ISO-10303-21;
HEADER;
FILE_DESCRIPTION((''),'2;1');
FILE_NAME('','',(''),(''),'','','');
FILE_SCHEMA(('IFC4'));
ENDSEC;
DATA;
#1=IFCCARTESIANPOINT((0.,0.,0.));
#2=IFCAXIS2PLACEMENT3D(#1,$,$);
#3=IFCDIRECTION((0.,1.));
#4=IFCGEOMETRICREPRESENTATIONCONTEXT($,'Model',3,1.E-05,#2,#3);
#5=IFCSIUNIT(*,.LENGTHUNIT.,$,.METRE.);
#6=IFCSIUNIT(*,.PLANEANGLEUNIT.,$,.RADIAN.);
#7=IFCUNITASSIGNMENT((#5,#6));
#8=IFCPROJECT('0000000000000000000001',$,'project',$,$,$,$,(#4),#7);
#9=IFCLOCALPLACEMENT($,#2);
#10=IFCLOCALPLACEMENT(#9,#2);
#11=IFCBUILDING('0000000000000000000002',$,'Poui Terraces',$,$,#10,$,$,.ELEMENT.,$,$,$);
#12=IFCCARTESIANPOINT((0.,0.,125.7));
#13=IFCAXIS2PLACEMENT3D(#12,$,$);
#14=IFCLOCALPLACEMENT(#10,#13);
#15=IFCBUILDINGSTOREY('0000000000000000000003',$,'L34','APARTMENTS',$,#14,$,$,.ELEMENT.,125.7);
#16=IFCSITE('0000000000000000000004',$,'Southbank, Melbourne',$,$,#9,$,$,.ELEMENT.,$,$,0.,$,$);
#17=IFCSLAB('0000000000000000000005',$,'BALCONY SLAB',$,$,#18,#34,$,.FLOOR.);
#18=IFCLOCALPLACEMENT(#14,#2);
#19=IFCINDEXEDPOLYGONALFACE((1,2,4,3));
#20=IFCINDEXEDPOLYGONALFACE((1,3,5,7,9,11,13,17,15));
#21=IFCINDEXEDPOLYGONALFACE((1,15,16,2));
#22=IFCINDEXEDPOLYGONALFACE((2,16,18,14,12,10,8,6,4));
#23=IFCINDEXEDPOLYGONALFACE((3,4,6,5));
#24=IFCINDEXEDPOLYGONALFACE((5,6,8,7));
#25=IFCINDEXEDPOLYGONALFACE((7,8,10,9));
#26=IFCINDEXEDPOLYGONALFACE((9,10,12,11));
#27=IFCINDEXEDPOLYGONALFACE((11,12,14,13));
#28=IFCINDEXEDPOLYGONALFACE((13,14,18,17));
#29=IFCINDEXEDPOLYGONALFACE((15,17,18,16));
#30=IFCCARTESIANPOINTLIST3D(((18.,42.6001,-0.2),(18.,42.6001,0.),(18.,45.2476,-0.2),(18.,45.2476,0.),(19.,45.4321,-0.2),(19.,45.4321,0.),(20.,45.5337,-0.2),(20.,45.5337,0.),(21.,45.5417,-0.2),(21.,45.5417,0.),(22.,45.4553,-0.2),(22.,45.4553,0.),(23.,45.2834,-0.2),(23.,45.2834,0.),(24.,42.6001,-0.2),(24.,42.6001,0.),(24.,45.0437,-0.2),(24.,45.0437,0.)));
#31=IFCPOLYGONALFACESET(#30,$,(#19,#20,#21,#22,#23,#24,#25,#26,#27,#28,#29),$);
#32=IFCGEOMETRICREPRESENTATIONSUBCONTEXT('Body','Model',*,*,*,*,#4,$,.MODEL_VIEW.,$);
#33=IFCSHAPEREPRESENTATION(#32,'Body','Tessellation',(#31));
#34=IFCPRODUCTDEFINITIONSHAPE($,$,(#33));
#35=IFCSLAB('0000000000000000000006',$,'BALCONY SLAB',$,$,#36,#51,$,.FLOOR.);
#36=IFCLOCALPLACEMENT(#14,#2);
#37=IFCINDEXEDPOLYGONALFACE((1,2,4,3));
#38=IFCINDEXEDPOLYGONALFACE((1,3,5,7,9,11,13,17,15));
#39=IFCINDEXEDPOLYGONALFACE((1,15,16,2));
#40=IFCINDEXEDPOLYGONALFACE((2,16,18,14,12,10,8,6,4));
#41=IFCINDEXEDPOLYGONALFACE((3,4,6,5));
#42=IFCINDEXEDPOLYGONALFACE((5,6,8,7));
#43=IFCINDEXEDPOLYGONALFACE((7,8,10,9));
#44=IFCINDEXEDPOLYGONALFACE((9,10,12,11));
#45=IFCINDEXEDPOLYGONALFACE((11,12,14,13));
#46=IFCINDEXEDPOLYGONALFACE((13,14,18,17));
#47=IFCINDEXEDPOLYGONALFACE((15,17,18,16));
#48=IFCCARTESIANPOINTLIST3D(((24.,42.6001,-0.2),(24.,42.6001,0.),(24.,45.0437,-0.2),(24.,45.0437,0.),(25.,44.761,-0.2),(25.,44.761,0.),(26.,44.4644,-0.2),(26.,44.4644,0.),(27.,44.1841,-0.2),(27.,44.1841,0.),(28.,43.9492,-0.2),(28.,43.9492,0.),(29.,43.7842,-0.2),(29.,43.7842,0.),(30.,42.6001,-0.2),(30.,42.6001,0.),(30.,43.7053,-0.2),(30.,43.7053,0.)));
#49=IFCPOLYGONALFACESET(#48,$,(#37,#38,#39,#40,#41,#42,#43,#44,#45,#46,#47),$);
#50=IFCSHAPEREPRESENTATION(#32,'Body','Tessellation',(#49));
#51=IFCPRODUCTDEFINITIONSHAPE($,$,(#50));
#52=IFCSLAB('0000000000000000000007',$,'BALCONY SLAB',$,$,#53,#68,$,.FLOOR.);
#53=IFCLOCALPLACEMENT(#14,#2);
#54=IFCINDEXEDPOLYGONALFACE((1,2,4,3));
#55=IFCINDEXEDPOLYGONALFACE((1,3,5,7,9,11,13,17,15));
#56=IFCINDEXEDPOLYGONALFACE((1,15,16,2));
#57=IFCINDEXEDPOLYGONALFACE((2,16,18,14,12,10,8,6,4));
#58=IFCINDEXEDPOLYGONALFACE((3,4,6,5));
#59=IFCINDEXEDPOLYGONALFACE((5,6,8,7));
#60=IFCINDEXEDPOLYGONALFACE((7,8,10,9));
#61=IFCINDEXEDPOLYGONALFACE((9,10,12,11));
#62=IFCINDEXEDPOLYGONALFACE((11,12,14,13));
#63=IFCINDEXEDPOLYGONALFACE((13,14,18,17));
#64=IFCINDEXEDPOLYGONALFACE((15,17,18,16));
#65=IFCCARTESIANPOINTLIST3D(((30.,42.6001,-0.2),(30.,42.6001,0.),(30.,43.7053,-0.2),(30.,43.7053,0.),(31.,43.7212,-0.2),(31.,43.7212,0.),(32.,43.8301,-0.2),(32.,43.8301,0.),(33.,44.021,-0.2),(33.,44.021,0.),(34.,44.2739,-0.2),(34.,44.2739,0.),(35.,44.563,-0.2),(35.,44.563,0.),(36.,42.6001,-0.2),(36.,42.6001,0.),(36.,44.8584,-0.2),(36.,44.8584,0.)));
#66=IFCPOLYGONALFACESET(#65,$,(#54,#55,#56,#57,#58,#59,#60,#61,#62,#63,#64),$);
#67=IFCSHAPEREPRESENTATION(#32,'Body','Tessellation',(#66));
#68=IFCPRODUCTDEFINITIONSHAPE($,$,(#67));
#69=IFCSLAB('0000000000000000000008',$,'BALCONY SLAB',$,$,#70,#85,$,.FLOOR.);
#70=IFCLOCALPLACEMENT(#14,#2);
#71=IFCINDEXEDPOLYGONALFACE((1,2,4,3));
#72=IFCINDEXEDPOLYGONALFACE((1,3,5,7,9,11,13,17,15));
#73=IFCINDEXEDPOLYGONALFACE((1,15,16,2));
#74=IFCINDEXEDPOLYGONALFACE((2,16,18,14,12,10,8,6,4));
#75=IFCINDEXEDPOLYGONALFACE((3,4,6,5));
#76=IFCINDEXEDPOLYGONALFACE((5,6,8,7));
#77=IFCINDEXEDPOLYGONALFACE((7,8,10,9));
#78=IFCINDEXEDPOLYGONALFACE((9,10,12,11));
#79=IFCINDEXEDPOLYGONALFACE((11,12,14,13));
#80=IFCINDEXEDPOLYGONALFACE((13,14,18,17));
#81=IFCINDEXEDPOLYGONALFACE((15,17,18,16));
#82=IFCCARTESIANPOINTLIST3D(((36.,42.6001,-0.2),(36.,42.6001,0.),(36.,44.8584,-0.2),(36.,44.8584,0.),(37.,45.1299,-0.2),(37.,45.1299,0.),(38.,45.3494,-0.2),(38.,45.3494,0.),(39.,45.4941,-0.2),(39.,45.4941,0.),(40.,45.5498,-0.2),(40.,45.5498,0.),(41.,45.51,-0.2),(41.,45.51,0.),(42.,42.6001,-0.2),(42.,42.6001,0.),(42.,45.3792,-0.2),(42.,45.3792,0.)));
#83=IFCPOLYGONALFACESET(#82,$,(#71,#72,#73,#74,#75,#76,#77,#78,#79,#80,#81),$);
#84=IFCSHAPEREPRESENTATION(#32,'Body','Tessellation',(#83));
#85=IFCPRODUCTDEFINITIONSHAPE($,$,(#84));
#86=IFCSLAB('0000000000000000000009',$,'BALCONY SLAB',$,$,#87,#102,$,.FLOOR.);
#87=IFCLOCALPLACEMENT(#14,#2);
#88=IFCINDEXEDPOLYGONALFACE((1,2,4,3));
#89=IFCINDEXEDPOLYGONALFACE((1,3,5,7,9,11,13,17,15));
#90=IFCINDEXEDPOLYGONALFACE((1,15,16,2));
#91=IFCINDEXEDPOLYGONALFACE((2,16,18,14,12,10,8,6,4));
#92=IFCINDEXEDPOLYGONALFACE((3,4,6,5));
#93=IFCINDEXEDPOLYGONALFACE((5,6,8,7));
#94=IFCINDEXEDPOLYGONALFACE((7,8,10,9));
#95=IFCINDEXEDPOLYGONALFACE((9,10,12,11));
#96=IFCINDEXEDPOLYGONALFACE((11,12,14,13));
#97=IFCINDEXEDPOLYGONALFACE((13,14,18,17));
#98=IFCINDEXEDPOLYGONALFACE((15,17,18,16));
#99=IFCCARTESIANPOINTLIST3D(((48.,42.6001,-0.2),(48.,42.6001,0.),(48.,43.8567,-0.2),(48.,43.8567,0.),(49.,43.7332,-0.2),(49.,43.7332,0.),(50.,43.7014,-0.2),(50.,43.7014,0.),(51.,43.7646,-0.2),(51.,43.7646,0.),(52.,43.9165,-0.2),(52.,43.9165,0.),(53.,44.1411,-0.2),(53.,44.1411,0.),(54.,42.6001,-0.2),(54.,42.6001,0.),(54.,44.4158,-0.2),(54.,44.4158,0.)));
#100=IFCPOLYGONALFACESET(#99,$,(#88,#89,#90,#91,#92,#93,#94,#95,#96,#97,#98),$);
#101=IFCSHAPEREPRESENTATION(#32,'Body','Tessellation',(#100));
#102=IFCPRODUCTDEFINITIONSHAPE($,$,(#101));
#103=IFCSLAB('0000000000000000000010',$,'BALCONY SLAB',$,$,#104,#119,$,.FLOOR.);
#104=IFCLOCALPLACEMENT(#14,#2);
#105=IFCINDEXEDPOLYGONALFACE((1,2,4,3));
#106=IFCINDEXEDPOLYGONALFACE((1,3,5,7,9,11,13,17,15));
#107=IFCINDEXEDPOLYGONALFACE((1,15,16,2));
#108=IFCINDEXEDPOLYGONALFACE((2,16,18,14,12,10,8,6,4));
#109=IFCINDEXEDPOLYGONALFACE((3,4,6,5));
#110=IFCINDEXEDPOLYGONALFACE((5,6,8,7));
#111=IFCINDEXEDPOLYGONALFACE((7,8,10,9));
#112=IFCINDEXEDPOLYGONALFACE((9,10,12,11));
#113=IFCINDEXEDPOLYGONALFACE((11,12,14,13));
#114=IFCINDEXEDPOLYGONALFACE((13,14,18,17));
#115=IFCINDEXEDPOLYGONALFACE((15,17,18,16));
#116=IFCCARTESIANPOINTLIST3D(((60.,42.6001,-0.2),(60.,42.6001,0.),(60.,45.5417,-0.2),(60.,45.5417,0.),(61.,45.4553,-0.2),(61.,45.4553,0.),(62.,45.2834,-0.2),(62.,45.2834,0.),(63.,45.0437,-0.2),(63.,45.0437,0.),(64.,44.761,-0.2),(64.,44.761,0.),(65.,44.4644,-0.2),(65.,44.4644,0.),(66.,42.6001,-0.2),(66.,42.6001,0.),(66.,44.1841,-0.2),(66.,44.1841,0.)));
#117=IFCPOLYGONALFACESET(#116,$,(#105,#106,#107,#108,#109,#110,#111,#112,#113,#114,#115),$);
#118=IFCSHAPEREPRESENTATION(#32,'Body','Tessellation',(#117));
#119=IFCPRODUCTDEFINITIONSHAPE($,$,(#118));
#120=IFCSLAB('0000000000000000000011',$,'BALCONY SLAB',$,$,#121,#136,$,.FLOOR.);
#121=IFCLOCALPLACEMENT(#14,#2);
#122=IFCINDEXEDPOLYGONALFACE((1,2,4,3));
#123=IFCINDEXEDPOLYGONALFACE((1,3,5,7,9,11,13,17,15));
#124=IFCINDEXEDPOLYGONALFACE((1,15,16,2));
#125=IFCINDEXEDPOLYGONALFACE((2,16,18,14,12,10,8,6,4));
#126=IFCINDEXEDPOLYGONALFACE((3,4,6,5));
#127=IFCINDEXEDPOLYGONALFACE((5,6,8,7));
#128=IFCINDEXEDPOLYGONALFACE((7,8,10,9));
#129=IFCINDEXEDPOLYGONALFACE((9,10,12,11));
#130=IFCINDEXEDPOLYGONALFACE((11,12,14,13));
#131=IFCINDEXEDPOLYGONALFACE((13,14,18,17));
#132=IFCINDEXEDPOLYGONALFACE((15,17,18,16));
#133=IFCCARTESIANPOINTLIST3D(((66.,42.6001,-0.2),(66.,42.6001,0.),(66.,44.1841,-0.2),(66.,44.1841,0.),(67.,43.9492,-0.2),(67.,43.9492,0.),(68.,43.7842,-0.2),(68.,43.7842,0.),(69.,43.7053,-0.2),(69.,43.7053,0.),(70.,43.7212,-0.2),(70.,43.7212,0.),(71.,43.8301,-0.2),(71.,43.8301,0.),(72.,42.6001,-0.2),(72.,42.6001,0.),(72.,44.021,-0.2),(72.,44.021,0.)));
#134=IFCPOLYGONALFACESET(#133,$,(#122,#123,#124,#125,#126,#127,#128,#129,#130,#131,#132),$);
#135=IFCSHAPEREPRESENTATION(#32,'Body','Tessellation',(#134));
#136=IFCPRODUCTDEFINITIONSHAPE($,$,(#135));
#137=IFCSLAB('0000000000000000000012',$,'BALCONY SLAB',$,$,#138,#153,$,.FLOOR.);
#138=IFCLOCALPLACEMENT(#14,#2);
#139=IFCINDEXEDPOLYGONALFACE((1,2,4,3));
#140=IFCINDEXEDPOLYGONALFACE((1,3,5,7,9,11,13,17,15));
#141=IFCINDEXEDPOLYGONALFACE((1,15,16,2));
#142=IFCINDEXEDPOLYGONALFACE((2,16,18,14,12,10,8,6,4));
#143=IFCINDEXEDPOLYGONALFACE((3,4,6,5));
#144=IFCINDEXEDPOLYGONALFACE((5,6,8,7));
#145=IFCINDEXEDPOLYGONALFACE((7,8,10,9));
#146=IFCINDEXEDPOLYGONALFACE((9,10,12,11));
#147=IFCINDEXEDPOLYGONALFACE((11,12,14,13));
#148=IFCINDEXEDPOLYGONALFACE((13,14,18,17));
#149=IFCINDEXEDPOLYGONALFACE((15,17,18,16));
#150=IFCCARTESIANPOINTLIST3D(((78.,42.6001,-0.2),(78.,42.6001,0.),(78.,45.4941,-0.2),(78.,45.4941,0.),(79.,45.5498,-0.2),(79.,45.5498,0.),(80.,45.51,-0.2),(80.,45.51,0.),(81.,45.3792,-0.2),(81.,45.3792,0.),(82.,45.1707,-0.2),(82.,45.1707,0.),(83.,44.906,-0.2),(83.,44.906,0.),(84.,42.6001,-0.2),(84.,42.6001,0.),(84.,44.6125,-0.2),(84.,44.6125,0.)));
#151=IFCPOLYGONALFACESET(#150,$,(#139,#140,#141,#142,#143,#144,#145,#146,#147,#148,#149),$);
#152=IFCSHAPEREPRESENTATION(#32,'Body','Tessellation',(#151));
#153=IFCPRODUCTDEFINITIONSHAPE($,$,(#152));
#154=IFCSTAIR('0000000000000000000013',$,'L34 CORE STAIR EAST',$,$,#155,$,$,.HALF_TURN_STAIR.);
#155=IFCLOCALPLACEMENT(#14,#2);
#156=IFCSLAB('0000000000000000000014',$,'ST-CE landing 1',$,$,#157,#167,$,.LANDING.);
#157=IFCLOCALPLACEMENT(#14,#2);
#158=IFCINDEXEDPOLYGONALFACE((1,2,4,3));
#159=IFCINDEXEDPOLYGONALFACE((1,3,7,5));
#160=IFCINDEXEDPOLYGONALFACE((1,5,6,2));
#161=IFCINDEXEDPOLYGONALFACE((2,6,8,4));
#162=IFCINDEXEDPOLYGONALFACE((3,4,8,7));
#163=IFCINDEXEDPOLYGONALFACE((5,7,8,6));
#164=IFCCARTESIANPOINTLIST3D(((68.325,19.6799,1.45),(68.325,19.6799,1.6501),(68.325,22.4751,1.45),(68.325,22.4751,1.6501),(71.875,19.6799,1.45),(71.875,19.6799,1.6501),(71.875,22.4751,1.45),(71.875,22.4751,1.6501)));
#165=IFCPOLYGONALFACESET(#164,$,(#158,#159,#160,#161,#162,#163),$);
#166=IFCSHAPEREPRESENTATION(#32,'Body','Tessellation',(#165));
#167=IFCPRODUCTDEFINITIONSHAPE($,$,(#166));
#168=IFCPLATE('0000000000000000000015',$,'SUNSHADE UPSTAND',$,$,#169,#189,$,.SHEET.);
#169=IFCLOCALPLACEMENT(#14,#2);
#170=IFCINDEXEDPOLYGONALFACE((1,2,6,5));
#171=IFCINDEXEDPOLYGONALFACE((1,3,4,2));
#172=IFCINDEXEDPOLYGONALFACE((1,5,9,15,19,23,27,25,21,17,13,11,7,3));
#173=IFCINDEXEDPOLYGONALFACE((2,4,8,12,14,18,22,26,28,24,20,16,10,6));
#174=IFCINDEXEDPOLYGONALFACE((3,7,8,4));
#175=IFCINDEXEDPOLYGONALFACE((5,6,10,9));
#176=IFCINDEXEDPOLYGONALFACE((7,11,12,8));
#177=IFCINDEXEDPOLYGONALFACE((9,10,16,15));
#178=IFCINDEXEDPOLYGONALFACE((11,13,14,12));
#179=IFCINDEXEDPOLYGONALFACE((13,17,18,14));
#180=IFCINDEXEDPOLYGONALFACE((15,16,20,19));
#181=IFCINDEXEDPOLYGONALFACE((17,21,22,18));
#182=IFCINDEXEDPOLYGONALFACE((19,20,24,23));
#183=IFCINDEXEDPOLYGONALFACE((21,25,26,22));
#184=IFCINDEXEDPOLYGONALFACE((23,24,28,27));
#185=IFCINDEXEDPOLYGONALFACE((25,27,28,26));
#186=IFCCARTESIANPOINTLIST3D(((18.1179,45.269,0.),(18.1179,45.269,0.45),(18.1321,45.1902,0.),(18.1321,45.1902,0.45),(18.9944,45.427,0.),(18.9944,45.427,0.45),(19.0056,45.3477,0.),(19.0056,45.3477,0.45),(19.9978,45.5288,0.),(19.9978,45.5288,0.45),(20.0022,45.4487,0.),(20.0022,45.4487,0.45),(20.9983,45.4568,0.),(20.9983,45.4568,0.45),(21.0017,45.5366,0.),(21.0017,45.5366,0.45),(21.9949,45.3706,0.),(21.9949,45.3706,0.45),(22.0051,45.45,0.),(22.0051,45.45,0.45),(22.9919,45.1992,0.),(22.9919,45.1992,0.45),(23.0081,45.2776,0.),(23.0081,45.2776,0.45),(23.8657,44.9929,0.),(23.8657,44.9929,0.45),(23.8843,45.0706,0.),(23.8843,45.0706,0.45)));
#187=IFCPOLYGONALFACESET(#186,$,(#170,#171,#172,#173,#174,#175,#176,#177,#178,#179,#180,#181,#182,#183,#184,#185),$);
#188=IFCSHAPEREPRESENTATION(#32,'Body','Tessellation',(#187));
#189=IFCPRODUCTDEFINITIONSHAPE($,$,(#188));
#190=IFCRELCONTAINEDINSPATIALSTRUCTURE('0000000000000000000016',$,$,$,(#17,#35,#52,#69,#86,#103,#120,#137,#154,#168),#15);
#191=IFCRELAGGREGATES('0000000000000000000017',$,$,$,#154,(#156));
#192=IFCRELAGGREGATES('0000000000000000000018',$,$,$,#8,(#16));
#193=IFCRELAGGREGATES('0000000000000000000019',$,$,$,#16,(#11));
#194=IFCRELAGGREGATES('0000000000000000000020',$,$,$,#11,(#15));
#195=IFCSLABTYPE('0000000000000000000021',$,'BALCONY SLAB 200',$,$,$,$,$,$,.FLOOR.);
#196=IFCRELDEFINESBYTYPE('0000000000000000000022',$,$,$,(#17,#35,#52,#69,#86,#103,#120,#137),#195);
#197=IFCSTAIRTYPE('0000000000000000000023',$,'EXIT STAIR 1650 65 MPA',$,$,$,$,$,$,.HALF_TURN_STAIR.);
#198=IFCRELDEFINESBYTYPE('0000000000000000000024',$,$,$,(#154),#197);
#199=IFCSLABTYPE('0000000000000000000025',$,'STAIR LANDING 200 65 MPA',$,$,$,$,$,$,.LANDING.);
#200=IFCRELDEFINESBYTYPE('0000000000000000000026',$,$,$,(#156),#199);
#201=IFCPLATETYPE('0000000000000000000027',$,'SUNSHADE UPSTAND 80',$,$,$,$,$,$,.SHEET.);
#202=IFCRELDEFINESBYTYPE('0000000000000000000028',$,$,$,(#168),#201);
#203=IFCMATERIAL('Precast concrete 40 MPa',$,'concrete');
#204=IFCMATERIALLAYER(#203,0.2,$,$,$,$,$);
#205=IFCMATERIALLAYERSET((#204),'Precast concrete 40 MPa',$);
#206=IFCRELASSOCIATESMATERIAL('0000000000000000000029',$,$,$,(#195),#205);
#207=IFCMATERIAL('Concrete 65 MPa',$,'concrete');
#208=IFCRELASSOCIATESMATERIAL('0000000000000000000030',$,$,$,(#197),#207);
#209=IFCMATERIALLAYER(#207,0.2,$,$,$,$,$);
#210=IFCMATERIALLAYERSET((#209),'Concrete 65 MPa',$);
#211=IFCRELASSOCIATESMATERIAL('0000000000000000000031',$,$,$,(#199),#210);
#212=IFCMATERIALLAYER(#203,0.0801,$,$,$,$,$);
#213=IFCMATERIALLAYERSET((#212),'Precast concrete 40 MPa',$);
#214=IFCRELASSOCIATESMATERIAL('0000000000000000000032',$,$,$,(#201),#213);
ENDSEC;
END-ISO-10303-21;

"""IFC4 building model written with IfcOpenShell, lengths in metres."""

from ifc_helpers import new_model, si_unit, direction, frame, origin, place, context, subcontext, project, spatial, polyline, outline, extrude, material, layer, layer_set, type_object, element, aggregate, save


model = new_model("IFC4")

# Units and contexts
model_context = context("Model", 3, precision=1e-05, world=origin(), true_north=direction((0.0, 1.0)))
body_context = subcontext(model_context, "Body", "Model", "MODEL_VIEW")
ifc_project = project(units=[si_unit("LENGTHUNIT", "METRE"), si_unit("PLANEANGLEUNIT", "RADIAN")], contexts=[model_context])

# Site, building, storey
site_placement = place(None, origin())
site = spatial("IfcSite", under=ifc_project, at=site_placement, Name="Southbank, Melbourne", CompositionType="ELEMENT", RefElevation=0.0)
building_placement = place(site_placement, origin())
building = spatial("IfcBuilding", under=site, at=building_placement, Name="Poui Terraces", CompositionType="ELEMENT")
storey_placement = place(building_placement, frame((0.0, 0.0, 125.7)))
storey = spatial("IfcBuildingStorey", under=building, at=storey_placement, Name="L34", Description="APARTMENTS", CompositionType="ELEMENT", Elevation=125.7)

# Slabs
ifc_material_1 = material(Name="Precast concrete 40 MPa", Category="concrete")
ifc_layer_1 = layer(ifc_material_1, 0.2)
ifc_layer_set_1 = layer_set([ifc_layer_1], Name="Precast concrete 40 MPa")
slab_type_1 = type_object("IfcSlabType", Name="BALCONY SLAB 200", PredefinedType="FLOOR", material=ifc_layer_set_1)
slab_1_placement = place(storey_placement, frame((0.0, 0.0, -0.2)))
element("IfcSlab", 1, at=slab_1_placement, inside=storey, type_object=slab_type_1, Name="BALCONY SLAB", PredefinedType="FLOOR", context=body_context, shape_type="SweptSolid", body=[
    extrude(outline(polyline([(18.0, 42.6001), (24.0, 42.6001), (24.0, 45.0437), (23.0, 45.2834), (22.0, 45.4553), (21.0, 45.5417), (20.0, 45.5337), (19.0, 45.4321), (18.0, 45.2476), (18.0, 42.6001)])), origin(), (0.0, 0.0, 1.0), 0.2),
])
slab_2_placement = place(storey_placement, frame((0.0, 0.0, -0.2)))
element("IfcSlab", 2, at=slab_2_placement, inside=storey, type_object=slab_type_1, Name="BALCONY SLAB", PredefinedType="FLOOR", context=body_context, shape_type="SweptSolid", body=[
    extrude(outline(polyline([(24.0, 42.6001), (30.0, 42.6001), (30.0, 43.7053), (29.0, 43.7842), (28.0, 43.9492), (27.0, 44.1841), (26.0, 44.4644), (25.0, 44.761), (24.0, 45.0437), (24.0, 42.6001)])), origin(), (0.0, 0.0, 1.0), 0.2),
])
slab_3_placement = place(storey_placement, frame((0.0, 0.0, -0.2)))
element("IfcSlab", 3, at=slab_3_placement, inside=storey, type_object=slab_type_1, Name="BALCONY SLAB", PredefinedType="FLOOR", context=body_context, shape_type="SweptSolid", body=[
    extrude(outline(polyline([(30.0, 42.6001), (36.0, 42.6001), (36.0, 44.8584), (35.0, 44.563), (34.0, 44.2739), (33.0, 44.021), (32.0, 43.8301), (31.0, 43.7212), (30.0, 43.7053), (30.0, 42.6001)])), origin(), (0.0, 0.0, 1.0), 0.2),
])
slab_4_placement = place(storey_placement, frame((0.0, 0.0, -0.2)))
element("IfcSlab", 4, at=slab_4_placement, inside=storey, type_object=slab_type_1, Name="BALCONY SLAB", PredefinedType="FLOOR", context=body_context, shape_type="SweptSolid", body=[
    extrude(outline(polyline([(36.0, 42.6001), (42.0, 42.6001), (42.0, 45.3792), (41.0, 45.51), (40.0, 45.5498), (39.0, 45.4941), (38.0, 45.3494), (37.0, 45.1299), (36.0, 44.8584), (36.0, 42.6001)])), origin(), (0.0, 0.0, 1.0), 0.2),
])
slab_5_placement = place(storey_placement, frame((0.0, 0.0, -0.2)))
element("IfcSlab", 5, at=slab_5_placement, inside=storey, type_object=slab_type_1, Name="BALCONY SLAB", PredefinedType="FLOOR", context=body_context, shape_type="SweptSolid", body=[
    extrude(outline(polyline([(48.0, 42.6001), (54.0, 42.6001), (54.0, 44.4158), (53.0, 44.1411), (52.0, 43.9165), (51.0, 43.7646), (50.0, 43.7014), (49.0, 43.7332), (48.0, 43.8567), (48.0, 42.6001)])), origin(), (0.0, 0.0, 1.0), 0.2),
])
slab_6_placement = place(storey_placement, frame((0.0, 0.0, -0.2)))
element("IfcSlab", 6, at=slab_6_placement, inside=storey, type_object=slab_type_1, Name="BALCONY SLAB", PredefinedType="FLOOR", context=body_context, shape_type="SweptSolid", body=[
    extrude(outline(polyline([(60.0, 42.6001), (66.0, 42.6001), (66.0, 44.1841), (65.0, 44.4644), (64.0, 44.761), (63.0, 45.0437), (62.0, 45.2834), (61.0, 45.4553), (60.0, 45.5417), (60.0, 42.6001)])), origin(), (0.0, 0.0, 1.0), 0.2),
])
slab_7_placement = place(storey_placement, frame((0.0, 0.0, -0.2)))
element("IfcSlab", 7, at=slab_7_placement, inside=storey, type_object=slab_type_1, Name="BALCONY SLAB", PredefinedType="FLOOR", context=body_context, shape_type="SweptSolid", body=[
    extrude(outline(polyline([(66.0, 42.6001), (72.0, 42.6001), (72.0, 44.021), (71.0, 43.8301), (70.0, 43.7212), (69.0, 43.7053), (68.0, 43.7842), (67.0, 43.9492), (66.0, 44.1841), (66.0, 42.6001)])), origin(), (0.0, 0.0, 1.0), 0.2),
])
slab_8_placement = place(storey_placement, frame((0.0, 0.0, -0.2)))
element("IfcSlab", 8, at=slab_8_placement, inside=storey, type_object=slab_type_1, Name="BALCONY SLAB", PredefinedType="FLOOR", context=body_context, shape_type="SweptSolid", body=[
    extrude(outline(polyline([(78.0, 42.6001), (84.0, 42.6001), (84.0, 44.6125), (83.0, 44.906), (82.0, 45.1707), (81.0, 45.3792), (80.0, 45.51), (79.0, 45.5498), (78.0, 45.4941), (78.0, 42.6001)])), origin(), (0.0, 0.0, 1.0), 0.2),
])

# Stair, slab
ifc_material_2 = material(Name="Concrete 65 MPa", Category="concrete")
stair_type = type_object("IfcStairType", Name="EXIT STAIR 1650 65 MPA", PredefinedType="HALF_TURN_STAIR", material=ifc_material_2)
stair_placement = place(storey_placement, origin())
stair = element("IfcStair", 9, at=stair_placement, inside=storey, type_object=stair_type, Name="L34 CORE STAIR EAST", PredefinedType="HALF_TURN_STAIR")
ifc_layer_2 = layer(ifc_material_2, 0.2)
ifc_layer_set_2 = layer_set([ifc_layer_2], Name="Concrete 65 MPa")
slab_type_2 = type_object("IfcSlabType", Name="STAIR LANDING 200 65 MPA", PredefinedType="LANDING", material=ifc_layer_set_2)
slab_9_placement = place(storey_placement, frame((0.0, 0.0, 1.45)))
slab_9 = element("IfcSlab", 10, at=slab_9_placement, type_object=slab_type_2, Name="ST-CE landing 1", PredefinedType="LANDING", context=body_context, shape_type="SweptSolid", body=[
    extrude(outline(polyline([(68.325, 19.6799), (71.875, 19.6799), (71.875, 22.4751), (68.325, 22.4751), (68.325, 19.6799)])), origin(), (0.0, 0.0, 1.0), 0.2002),
])
aggregate(stair, [slab_9])

# Plate
ifc_layer_3 = layer(ifc_material_1, 0.0801)
ifc_layer_set_3 = layer_set([ifc_layer_3], Name="Precast concrete 40 MPa")
plate_type = type_object("IfcPlateType", Name="SUNSHADE UPSTAND 80", PredefinedType="SHEET", material=ifc_layer_set_3)
plate_1_placement = place(storey_placement, origin())
element("IfcPlate", 11, at=plate_1_placement, inside=storey, type_object=plate_type, Name="SUNSHADE UPSTAND", PredefinedType="SHEET", context=body_context, shape_type="SweptSolid", body=[
    extrude(outline(polyline([(18.9944, 45.427), (18.1179, 45.269), (18.1321, 45.1902), (19.0056, 45.3477), (20.0022, 45.4487), (20.9983, 45.4568), (21.9949, 45.3706), (22.9919, 45.1992), (23.8657, 44.9929), (23.8843, 45.0706), (23.0081, 45.2776), (22.0051, 45.45), (21.0017, 45.5366), (19.9978, 45.5288), (18.9944, 45.427)])), origin(), (0.0, 0.0, 1.0), 0.45),
])

save(model, "model.ifc")
